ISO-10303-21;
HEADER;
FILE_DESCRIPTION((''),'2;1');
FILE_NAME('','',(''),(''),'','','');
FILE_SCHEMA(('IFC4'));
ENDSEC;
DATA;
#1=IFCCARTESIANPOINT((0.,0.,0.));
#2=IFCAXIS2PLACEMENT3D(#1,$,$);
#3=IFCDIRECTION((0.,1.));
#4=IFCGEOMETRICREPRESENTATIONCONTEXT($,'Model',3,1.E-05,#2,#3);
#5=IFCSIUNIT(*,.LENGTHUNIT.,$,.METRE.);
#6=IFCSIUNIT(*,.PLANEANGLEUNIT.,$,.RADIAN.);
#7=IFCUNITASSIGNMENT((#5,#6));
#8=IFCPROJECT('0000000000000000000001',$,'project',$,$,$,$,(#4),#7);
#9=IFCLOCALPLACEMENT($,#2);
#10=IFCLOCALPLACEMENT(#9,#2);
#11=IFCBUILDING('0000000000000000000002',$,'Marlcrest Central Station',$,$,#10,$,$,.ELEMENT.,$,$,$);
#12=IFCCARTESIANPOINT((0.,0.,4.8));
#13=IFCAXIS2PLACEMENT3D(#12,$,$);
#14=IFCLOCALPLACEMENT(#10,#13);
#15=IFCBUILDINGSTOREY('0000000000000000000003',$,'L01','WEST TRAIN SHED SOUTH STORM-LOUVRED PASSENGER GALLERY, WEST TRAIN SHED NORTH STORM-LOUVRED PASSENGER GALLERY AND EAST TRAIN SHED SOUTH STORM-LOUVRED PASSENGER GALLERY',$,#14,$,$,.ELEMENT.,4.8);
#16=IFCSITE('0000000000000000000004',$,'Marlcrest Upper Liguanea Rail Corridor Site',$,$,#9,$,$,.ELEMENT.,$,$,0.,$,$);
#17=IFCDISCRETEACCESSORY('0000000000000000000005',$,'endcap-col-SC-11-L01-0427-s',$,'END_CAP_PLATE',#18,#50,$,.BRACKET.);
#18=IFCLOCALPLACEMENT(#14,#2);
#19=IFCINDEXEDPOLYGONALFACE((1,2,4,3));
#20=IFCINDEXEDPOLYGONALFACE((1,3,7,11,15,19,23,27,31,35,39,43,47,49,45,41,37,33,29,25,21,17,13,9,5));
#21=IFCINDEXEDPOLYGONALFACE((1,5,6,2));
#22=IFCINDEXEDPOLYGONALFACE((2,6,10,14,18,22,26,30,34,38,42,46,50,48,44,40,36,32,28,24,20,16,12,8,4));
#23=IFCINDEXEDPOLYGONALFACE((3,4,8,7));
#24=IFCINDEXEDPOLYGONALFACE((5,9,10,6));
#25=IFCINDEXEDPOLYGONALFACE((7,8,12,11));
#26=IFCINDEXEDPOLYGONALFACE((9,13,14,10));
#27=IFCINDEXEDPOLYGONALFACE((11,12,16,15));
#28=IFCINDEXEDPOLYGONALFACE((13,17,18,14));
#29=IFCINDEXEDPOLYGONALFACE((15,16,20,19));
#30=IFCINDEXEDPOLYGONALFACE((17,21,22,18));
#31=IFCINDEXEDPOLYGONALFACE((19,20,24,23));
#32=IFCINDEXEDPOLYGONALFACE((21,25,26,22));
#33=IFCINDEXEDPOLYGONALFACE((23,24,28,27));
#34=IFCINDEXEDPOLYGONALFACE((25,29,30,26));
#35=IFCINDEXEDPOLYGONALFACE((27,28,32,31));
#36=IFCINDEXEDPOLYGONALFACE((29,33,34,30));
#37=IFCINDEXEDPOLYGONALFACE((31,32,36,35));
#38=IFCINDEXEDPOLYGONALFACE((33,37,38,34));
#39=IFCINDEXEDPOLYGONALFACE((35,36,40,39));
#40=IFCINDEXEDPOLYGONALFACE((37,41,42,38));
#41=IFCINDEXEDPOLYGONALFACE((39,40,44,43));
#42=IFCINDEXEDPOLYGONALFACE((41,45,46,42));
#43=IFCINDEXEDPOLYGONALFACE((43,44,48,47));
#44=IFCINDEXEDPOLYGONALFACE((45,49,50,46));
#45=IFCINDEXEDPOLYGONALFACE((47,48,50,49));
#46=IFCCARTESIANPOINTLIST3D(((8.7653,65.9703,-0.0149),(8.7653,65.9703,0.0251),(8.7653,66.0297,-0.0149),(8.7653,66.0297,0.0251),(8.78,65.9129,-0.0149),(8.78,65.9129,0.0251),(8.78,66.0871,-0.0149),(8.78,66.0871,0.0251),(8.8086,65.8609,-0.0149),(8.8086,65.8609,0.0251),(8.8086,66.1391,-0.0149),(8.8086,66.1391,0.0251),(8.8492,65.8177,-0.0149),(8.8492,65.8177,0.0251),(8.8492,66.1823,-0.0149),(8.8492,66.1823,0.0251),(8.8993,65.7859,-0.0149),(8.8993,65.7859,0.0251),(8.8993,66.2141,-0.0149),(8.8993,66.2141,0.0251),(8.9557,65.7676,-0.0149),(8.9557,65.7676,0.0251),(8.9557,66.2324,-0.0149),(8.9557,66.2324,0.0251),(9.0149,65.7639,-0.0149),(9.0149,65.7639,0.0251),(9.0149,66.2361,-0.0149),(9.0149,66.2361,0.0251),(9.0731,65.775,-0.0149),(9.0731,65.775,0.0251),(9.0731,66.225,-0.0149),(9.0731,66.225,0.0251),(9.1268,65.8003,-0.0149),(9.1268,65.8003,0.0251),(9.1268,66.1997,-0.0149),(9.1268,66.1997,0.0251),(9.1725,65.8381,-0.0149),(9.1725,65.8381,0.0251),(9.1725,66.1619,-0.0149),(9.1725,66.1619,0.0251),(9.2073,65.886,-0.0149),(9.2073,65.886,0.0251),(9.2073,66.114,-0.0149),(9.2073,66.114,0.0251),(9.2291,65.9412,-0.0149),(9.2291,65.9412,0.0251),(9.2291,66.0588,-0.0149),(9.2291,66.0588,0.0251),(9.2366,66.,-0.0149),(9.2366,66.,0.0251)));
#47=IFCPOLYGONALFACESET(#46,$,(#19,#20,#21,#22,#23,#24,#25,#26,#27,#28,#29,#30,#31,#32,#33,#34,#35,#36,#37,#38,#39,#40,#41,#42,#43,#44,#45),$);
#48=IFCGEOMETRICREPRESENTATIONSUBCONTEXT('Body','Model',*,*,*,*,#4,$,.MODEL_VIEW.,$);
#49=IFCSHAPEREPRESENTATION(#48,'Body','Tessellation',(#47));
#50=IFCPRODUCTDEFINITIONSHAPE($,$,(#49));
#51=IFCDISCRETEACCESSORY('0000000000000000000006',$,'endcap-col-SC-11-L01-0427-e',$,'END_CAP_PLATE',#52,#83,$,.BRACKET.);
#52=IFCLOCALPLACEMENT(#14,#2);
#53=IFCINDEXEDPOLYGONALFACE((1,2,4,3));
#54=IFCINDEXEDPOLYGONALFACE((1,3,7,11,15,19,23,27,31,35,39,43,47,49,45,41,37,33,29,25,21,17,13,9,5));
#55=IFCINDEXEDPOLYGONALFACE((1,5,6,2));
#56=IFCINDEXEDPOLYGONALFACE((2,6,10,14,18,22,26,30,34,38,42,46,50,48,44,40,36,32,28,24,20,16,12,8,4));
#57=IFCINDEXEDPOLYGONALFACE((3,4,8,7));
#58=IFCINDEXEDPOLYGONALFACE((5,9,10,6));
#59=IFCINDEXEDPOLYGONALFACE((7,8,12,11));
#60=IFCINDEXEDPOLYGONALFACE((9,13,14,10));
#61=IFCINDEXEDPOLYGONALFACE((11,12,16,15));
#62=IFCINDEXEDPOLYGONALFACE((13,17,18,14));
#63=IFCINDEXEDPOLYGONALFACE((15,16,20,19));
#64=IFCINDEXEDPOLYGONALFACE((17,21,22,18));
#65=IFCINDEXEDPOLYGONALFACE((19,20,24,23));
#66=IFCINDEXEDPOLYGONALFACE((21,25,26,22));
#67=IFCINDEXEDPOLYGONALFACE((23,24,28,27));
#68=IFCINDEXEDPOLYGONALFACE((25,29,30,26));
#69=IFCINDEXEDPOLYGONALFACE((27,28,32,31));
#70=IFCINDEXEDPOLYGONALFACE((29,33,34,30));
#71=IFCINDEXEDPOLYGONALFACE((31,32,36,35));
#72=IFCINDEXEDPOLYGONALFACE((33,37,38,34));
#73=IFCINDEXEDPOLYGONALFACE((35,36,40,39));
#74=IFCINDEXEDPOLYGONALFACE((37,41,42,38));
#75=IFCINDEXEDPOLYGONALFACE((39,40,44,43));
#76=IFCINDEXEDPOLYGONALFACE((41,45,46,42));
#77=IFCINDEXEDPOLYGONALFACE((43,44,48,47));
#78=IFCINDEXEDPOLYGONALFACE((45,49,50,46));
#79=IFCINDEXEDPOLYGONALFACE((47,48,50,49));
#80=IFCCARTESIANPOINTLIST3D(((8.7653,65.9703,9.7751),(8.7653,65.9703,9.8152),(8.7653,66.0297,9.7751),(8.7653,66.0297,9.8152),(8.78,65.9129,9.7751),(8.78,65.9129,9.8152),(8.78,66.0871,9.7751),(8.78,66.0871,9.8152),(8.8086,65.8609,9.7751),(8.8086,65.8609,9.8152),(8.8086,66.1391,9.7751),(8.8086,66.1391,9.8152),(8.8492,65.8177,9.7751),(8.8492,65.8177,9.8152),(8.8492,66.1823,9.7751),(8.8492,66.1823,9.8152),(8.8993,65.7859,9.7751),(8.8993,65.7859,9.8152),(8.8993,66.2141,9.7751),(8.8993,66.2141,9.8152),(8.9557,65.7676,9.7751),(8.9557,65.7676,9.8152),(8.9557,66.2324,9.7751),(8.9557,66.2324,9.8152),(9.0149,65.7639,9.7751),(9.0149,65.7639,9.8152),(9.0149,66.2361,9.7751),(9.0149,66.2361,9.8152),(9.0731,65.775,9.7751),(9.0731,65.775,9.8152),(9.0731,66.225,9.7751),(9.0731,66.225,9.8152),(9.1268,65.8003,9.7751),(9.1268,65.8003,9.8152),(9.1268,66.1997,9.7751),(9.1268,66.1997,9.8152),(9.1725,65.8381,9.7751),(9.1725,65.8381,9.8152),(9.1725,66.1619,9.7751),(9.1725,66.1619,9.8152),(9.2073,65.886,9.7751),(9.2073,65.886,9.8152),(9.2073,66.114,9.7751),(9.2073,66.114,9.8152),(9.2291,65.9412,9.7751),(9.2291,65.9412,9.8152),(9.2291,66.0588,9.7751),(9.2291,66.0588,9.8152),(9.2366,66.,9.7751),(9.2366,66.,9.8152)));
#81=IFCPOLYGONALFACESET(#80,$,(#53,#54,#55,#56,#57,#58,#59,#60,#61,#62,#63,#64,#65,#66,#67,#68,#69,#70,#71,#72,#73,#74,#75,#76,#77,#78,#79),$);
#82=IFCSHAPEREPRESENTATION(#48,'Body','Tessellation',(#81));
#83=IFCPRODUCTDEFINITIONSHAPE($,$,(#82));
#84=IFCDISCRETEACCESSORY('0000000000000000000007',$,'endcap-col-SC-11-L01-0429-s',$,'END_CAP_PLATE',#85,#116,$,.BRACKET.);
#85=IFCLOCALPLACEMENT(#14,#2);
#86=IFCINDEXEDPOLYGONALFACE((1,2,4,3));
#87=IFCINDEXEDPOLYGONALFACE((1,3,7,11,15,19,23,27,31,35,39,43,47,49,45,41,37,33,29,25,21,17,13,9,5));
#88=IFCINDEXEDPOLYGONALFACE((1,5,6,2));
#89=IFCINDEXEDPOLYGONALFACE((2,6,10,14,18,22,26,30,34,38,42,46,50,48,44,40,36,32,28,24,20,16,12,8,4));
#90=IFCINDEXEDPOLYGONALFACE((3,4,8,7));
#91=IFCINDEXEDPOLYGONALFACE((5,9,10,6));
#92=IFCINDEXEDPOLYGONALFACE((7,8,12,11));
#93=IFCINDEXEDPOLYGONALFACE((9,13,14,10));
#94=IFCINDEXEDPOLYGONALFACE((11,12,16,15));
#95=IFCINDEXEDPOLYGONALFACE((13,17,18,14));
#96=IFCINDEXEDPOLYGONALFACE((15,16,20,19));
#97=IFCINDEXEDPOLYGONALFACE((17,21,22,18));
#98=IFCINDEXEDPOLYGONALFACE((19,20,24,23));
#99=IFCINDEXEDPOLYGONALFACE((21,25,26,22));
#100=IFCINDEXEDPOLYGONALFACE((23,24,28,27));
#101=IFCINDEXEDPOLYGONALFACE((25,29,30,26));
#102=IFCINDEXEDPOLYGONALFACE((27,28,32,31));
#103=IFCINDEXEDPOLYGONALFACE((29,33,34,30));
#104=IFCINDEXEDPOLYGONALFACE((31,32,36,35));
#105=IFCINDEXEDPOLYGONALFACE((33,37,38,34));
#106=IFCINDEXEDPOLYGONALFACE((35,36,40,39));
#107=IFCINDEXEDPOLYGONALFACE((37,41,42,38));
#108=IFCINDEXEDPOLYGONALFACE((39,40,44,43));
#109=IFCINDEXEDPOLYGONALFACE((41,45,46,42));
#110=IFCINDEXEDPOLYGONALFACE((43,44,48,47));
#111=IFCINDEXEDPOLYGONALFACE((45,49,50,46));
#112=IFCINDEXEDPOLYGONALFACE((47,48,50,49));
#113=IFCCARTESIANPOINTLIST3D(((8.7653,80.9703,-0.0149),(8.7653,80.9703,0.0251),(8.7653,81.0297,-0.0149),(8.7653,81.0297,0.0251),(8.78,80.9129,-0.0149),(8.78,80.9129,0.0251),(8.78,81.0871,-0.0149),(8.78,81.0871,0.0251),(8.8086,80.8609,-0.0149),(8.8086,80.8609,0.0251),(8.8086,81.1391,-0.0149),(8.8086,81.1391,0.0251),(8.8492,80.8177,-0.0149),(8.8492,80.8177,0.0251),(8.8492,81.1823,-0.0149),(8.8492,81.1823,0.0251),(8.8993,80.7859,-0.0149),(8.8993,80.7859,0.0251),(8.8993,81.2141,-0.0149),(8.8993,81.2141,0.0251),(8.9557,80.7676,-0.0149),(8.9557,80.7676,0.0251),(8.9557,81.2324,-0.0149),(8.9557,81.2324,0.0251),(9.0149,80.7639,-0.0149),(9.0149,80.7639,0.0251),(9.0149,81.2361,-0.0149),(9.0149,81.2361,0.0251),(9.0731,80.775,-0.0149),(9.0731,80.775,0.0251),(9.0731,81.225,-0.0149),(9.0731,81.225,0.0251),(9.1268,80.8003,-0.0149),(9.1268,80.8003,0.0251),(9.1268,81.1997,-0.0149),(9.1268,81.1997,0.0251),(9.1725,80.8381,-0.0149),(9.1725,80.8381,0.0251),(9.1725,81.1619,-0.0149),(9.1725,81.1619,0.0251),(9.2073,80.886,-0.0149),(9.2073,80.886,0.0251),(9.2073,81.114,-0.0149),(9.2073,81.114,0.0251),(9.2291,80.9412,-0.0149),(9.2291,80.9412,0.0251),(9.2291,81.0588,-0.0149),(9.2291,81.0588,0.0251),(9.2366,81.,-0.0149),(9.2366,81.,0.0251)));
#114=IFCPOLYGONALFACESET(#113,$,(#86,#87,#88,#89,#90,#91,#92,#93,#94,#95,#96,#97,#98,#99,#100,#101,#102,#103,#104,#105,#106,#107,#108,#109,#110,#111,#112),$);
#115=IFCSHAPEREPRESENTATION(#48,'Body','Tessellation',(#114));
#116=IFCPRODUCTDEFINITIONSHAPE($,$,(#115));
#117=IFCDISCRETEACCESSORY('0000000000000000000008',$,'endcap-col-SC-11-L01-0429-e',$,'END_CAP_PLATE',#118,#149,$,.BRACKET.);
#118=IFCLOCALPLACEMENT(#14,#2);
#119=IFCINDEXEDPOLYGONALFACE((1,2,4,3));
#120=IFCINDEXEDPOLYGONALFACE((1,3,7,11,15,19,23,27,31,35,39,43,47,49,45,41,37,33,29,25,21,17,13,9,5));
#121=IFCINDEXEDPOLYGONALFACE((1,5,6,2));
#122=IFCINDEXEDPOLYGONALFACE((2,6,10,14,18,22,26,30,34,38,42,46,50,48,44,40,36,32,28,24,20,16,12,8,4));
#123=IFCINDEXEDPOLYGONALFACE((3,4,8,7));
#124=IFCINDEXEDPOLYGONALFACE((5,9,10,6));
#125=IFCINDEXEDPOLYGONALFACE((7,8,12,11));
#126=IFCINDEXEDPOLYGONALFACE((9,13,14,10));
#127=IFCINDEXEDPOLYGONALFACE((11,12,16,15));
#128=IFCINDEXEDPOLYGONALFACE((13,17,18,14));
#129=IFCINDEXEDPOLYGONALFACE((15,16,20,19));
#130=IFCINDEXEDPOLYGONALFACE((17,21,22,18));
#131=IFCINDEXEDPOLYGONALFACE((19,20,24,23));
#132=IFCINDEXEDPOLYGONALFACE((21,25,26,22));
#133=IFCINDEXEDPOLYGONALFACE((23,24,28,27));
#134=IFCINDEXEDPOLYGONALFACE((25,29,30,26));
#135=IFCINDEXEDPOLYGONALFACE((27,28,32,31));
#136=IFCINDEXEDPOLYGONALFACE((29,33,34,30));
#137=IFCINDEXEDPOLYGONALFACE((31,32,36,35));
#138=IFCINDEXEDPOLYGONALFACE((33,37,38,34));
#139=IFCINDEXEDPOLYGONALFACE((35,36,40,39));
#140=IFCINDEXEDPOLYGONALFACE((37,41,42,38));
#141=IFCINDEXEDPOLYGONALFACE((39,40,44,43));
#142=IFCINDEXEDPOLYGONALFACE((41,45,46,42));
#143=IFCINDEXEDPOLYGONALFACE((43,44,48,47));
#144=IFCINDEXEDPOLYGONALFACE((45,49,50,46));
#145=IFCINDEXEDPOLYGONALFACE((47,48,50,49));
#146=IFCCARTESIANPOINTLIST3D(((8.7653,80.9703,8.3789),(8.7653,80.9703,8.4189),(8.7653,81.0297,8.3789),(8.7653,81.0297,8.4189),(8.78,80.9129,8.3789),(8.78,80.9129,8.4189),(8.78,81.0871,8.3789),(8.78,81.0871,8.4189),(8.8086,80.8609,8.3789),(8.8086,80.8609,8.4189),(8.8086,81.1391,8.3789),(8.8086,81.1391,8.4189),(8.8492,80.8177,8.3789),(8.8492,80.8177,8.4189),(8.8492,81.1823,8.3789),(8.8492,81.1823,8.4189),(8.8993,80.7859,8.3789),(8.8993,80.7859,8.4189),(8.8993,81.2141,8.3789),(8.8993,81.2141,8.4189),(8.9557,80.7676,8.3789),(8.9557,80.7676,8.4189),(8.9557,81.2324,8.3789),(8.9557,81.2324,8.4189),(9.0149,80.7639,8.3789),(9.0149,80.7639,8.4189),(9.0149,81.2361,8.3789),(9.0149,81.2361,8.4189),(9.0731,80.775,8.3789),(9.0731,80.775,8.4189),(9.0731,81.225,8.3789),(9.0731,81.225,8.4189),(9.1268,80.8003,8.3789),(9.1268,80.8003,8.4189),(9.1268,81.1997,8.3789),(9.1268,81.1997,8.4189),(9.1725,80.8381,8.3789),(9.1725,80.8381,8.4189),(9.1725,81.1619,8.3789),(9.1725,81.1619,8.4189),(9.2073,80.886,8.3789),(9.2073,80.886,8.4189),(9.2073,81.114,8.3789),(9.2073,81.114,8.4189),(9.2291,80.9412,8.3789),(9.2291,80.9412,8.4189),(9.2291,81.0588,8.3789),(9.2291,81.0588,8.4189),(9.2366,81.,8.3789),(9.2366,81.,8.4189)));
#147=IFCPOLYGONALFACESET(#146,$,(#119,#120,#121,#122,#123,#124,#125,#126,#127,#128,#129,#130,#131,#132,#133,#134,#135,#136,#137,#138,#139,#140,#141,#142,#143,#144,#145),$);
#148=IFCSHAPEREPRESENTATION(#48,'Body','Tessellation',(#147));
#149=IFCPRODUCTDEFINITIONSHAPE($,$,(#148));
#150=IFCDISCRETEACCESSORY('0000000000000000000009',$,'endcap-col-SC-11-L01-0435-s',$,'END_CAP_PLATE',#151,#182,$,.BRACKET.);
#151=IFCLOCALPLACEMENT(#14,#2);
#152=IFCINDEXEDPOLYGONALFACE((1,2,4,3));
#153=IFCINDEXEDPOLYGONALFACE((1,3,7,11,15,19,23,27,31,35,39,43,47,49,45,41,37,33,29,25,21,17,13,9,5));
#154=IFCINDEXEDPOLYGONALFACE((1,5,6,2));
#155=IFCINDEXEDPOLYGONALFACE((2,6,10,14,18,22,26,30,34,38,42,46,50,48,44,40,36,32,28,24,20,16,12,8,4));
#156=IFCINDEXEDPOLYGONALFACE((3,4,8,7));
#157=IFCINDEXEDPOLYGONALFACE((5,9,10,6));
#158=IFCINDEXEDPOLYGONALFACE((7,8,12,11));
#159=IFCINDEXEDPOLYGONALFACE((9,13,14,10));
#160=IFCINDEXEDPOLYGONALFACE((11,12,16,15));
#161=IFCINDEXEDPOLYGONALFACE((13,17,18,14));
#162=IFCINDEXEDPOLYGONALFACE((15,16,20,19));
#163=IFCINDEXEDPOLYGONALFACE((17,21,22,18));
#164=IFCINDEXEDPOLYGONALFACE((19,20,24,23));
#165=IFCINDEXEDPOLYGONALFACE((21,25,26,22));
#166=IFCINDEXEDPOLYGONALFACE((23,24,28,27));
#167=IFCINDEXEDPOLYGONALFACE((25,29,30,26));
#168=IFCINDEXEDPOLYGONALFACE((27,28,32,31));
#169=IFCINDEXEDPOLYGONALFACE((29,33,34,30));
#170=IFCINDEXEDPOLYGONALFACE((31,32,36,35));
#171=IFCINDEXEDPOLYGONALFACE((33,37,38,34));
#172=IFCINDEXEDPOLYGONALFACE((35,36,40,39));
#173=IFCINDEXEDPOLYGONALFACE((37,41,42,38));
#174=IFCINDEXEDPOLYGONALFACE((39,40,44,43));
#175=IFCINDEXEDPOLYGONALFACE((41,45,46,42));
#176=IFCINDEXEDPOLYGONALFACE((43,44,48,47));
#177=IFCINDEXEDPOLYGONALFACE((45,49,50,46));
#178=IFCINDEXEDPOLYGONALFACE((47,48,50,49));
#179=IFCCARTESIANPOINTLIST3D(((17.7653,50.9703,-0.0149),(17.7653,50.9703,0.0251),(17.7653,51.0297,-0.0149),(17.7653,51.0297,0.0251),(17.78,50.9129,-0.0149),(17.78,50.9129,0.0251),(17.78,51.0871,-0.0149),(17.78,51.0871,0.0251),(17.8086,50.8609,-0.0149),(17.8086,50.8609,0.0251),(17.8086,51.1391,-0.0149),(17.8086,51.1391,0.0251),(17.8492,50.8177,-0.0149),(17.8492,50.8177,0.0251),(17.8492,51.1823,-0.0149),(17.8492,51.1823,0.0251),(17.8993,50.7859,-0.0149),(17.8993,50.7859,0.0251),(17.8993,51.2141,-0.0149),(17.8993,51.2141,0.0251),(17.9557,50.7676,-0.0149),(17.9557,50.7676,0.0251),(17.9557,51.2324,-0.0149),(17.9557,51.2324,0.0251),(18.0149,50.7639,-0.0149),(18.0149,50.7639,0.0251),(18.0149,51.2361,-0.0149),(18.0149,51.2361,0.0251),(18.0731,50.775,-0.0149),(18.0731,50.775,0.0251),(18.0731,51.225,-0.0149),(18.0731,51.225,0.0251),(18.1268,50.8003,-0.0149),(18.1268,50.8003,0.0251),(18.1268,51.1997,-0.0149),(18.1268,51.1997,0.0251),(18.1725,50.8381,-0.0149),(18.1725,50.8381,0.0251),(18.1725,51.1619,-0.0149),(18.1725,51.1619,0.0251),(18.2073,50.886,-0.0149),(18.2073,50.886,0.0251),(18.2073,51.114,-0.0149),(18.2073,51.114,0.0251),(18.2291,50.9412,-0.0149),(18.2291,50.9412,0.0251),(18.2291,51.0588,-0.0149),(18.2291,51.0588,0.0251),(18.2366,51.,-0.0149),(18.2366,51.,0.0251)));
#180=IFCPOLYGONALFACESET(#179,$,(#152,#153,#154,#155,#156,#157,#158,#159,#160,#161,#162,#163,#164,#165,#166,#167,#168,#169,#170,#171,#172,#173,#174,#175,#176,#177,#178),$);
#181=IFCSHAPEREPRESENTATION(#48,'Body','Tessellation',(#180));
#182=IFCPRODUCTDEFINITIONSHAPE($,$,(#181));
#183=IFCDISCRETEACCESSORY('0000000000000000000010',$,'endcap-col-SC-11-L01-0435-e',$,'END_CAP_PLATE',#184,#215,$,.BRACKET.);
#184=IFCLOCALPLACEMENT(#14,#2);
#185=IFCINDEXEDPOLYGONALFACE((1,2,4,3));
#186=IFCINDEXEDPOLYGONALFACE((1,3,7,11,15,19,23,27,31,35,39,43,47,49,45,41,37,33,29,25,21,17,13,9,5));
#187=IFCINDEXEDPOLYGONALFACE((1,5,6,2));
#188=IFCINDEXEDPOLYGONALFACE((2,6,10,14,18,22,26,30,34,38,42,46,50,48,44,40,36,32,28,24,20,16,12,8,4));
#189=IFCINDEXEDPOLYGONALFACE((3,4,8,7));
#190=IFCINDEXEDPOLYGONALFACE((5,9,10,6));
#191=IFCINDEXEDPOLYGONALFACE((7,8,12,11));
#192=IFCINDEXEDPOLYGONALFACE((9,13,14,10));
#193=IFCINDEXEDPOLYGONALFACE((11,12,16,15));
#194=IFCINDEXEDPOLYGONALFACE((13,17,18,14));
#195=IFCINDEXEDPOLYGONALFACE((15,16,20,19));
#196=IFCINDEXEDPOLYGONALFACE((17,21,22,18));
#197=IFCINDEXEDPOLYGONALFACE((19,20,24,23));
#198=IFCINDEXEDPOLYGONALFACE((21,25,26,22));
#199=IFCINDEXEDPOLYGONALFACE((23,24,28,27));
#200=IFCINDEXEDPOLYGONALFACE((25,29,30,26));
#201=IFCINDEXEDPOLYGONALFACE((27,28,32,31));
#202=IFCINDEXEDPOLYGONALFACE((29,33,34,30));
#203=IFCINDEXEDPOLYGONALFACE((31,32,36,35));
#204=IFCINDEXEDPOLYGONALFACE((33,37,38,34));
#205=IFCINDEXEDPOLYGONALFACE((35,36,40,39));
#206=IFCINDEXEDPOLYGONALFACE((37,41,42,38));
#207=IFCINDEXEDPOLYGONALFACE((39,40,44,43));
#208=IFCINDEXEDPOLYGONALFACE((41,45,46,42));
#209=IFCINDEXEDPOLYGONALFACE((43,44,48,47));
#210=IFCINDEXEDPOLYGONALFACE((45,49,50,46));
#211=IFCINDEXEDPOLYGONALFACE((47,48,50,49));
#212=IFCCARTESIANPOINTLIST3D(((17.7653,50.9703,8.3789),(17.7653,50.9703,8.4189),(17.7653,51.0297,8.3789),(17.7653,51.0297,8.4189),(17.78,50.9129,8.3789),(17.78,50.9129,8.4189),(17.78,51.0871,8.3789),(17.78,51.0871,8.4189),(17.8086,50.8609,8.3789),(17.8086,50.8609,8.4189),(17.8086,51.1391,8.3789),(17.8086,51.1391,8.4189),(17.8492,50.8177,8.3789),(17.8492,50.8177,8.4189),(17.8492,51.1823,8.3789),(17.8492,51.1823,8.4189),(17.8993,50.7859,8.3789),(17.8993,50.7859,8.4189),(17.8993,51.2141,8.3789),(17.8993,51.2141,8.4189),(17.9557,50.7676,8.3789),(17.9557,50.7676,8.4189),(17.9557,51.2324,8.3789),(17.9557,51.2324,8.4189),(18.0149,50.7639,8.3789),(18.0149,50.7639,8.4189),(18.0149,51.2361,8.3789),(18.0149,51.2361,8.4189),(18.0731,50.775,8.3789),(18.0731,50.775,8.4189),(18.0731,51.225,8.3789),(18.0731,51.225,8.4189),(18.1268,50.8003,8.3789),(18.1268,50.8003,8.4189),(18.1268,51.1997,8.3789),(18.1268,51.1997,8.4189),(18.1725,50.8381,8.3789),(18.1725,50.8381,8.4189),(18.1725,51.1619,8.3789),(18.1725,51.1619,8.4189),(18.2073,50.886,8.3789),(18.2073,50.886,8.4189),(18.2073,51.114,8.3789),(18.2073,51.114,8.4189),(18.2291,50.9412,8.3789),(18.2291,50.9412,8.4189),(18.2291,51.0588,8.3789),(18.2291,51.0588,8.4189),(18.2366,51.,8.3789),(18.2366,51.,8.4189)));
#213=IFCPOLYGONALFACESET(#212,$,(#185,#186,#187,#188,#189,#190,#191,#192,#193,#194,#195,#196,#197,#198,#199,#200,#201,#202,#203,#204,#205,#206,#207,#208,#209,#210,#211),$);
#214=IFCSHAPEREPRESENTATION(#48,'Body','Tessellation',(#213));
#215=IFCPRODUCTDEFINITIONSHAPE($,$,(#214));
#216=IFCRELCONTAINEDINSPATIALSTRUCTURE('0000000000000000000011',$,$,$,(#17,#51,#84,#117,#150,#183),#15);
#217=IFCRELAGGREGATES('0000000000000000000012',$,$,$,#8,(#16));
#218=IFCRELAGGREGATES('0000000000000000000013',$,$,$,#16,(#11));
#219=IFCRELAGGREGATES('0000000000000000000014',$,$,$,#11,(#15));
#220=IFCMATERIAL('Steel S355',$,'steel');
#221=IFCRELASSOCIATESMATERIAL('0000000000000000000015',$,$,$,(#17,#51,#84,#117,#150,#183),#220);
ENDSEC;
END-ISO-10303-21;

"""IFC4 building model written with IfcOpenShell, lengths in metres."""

from ifc_helpers import new_model, si_unit, direction, frame, origin, origin_2d, place, context, subcontext, project, spatial, circle, extrude, material, element, save


model = new_model("IFC4")

# Units and contexts
model_context = context("Model", 3, precision=1e-05, world=origin(), true_north=direction((0.0, 1.0)))
body_context = subcontext(model_context, "Body", "Model", "MODEL_VIEW")
ifc_project = project(units=[si_unit("LENGTHUNIT", "METRE"), si_unit("PLANEANGLEUNIT", "RADIAN")], contexts=[model_context])

# Site, building, storey
site_placement = place(None, origin())
site = spatial("IfcSite", under=ifc_project, at=site_placement, Name="Marlcrest Upper Liguanea Rail Corridor Site", CompositionType="ELEMENT", RefElevation=0.0)
building_placement = place(site_placement, origin())
building = spatial("IfcBuilding", under=site, at=building_placement, Name="Marlcrest Central Station", CompositionType="ELEMENT")
storey_placement = place(building_placement, frame((0.0, 0.0, 4.8)))
storey = spatial("IfcBuildingStorey", under=building, at=storey_placement, Name="L01", Description="WEST TRAIN SHED SOUTH STORM-LOUVRED PASSENGER GALLERY, WEST TRAIN SHED NORTH STORM-LOUVRED PASSENGER GALLERY AND EAST TRAIN SHED SOUTH STORM-LOUVRED PASSENGER GALLERY", CompositionType="ELEMENT", Elevation=4.8)

# Shared definitions
ifc_material = material(Name="Steel S355", Category="steel")

# Discrete accessories
for number, where, z_axis, x_axis, name in (
    (1, (9.0, 66.0, -0.0149), (0.0, 0.0, 1.0), (1.0, 0.0, 0.0), "endcap-col-SC-11-L01-0427-s"),
    (2, (9.0, 66.0, 9.7751), (0.0, 0.0, 1.0), (1.0, 0.0, 0.0), "endcap-col-SC-11-L01-0427-e"),
    (3, (9.0, 81.0, -0.0149), (0.0, 0.0, 1.0), (1.0, 0.0, 0.0), "endcap-col-SC-11-L01-0429-s"),
    (4, (9.0, 81.0, 8.3789), (0.0, 0.0, 1.0), (1.0, 0.0, 0.0), "endcap-col-SC-11-L01-0429-e"),
    (5, (18.0, 51.0, -0.0149), (0.0, 0.0, 1.0), (1.0, 0.0, 0.0), "endcap-col-SC-11-L01-0435-s"),
    (6, (18.0, 51.0, 8.3789), (0.0, 0.0, 1.0), (1.0, 0.0, 0.0), "endcap-col-SC-11-L01-0435-e"),
):
    element("IfcDiscreteAccessory", number, at=place(storey_placement, frame(where, z_axis=z_axis, x_axis=x_axis)), inside=storey, material=ifc_material, Name=name, ObjectType="END_CAP_PLATE", PredefinedType="BRACKET", context=body_context, shape_type="SweptSolid", body=[
        extrude(circle(Radius=0.2366, at=origin_2d()), origin(), (0.0, 0.0, 1.0), 0.04),
    ])

save(model, "model.ifc")
